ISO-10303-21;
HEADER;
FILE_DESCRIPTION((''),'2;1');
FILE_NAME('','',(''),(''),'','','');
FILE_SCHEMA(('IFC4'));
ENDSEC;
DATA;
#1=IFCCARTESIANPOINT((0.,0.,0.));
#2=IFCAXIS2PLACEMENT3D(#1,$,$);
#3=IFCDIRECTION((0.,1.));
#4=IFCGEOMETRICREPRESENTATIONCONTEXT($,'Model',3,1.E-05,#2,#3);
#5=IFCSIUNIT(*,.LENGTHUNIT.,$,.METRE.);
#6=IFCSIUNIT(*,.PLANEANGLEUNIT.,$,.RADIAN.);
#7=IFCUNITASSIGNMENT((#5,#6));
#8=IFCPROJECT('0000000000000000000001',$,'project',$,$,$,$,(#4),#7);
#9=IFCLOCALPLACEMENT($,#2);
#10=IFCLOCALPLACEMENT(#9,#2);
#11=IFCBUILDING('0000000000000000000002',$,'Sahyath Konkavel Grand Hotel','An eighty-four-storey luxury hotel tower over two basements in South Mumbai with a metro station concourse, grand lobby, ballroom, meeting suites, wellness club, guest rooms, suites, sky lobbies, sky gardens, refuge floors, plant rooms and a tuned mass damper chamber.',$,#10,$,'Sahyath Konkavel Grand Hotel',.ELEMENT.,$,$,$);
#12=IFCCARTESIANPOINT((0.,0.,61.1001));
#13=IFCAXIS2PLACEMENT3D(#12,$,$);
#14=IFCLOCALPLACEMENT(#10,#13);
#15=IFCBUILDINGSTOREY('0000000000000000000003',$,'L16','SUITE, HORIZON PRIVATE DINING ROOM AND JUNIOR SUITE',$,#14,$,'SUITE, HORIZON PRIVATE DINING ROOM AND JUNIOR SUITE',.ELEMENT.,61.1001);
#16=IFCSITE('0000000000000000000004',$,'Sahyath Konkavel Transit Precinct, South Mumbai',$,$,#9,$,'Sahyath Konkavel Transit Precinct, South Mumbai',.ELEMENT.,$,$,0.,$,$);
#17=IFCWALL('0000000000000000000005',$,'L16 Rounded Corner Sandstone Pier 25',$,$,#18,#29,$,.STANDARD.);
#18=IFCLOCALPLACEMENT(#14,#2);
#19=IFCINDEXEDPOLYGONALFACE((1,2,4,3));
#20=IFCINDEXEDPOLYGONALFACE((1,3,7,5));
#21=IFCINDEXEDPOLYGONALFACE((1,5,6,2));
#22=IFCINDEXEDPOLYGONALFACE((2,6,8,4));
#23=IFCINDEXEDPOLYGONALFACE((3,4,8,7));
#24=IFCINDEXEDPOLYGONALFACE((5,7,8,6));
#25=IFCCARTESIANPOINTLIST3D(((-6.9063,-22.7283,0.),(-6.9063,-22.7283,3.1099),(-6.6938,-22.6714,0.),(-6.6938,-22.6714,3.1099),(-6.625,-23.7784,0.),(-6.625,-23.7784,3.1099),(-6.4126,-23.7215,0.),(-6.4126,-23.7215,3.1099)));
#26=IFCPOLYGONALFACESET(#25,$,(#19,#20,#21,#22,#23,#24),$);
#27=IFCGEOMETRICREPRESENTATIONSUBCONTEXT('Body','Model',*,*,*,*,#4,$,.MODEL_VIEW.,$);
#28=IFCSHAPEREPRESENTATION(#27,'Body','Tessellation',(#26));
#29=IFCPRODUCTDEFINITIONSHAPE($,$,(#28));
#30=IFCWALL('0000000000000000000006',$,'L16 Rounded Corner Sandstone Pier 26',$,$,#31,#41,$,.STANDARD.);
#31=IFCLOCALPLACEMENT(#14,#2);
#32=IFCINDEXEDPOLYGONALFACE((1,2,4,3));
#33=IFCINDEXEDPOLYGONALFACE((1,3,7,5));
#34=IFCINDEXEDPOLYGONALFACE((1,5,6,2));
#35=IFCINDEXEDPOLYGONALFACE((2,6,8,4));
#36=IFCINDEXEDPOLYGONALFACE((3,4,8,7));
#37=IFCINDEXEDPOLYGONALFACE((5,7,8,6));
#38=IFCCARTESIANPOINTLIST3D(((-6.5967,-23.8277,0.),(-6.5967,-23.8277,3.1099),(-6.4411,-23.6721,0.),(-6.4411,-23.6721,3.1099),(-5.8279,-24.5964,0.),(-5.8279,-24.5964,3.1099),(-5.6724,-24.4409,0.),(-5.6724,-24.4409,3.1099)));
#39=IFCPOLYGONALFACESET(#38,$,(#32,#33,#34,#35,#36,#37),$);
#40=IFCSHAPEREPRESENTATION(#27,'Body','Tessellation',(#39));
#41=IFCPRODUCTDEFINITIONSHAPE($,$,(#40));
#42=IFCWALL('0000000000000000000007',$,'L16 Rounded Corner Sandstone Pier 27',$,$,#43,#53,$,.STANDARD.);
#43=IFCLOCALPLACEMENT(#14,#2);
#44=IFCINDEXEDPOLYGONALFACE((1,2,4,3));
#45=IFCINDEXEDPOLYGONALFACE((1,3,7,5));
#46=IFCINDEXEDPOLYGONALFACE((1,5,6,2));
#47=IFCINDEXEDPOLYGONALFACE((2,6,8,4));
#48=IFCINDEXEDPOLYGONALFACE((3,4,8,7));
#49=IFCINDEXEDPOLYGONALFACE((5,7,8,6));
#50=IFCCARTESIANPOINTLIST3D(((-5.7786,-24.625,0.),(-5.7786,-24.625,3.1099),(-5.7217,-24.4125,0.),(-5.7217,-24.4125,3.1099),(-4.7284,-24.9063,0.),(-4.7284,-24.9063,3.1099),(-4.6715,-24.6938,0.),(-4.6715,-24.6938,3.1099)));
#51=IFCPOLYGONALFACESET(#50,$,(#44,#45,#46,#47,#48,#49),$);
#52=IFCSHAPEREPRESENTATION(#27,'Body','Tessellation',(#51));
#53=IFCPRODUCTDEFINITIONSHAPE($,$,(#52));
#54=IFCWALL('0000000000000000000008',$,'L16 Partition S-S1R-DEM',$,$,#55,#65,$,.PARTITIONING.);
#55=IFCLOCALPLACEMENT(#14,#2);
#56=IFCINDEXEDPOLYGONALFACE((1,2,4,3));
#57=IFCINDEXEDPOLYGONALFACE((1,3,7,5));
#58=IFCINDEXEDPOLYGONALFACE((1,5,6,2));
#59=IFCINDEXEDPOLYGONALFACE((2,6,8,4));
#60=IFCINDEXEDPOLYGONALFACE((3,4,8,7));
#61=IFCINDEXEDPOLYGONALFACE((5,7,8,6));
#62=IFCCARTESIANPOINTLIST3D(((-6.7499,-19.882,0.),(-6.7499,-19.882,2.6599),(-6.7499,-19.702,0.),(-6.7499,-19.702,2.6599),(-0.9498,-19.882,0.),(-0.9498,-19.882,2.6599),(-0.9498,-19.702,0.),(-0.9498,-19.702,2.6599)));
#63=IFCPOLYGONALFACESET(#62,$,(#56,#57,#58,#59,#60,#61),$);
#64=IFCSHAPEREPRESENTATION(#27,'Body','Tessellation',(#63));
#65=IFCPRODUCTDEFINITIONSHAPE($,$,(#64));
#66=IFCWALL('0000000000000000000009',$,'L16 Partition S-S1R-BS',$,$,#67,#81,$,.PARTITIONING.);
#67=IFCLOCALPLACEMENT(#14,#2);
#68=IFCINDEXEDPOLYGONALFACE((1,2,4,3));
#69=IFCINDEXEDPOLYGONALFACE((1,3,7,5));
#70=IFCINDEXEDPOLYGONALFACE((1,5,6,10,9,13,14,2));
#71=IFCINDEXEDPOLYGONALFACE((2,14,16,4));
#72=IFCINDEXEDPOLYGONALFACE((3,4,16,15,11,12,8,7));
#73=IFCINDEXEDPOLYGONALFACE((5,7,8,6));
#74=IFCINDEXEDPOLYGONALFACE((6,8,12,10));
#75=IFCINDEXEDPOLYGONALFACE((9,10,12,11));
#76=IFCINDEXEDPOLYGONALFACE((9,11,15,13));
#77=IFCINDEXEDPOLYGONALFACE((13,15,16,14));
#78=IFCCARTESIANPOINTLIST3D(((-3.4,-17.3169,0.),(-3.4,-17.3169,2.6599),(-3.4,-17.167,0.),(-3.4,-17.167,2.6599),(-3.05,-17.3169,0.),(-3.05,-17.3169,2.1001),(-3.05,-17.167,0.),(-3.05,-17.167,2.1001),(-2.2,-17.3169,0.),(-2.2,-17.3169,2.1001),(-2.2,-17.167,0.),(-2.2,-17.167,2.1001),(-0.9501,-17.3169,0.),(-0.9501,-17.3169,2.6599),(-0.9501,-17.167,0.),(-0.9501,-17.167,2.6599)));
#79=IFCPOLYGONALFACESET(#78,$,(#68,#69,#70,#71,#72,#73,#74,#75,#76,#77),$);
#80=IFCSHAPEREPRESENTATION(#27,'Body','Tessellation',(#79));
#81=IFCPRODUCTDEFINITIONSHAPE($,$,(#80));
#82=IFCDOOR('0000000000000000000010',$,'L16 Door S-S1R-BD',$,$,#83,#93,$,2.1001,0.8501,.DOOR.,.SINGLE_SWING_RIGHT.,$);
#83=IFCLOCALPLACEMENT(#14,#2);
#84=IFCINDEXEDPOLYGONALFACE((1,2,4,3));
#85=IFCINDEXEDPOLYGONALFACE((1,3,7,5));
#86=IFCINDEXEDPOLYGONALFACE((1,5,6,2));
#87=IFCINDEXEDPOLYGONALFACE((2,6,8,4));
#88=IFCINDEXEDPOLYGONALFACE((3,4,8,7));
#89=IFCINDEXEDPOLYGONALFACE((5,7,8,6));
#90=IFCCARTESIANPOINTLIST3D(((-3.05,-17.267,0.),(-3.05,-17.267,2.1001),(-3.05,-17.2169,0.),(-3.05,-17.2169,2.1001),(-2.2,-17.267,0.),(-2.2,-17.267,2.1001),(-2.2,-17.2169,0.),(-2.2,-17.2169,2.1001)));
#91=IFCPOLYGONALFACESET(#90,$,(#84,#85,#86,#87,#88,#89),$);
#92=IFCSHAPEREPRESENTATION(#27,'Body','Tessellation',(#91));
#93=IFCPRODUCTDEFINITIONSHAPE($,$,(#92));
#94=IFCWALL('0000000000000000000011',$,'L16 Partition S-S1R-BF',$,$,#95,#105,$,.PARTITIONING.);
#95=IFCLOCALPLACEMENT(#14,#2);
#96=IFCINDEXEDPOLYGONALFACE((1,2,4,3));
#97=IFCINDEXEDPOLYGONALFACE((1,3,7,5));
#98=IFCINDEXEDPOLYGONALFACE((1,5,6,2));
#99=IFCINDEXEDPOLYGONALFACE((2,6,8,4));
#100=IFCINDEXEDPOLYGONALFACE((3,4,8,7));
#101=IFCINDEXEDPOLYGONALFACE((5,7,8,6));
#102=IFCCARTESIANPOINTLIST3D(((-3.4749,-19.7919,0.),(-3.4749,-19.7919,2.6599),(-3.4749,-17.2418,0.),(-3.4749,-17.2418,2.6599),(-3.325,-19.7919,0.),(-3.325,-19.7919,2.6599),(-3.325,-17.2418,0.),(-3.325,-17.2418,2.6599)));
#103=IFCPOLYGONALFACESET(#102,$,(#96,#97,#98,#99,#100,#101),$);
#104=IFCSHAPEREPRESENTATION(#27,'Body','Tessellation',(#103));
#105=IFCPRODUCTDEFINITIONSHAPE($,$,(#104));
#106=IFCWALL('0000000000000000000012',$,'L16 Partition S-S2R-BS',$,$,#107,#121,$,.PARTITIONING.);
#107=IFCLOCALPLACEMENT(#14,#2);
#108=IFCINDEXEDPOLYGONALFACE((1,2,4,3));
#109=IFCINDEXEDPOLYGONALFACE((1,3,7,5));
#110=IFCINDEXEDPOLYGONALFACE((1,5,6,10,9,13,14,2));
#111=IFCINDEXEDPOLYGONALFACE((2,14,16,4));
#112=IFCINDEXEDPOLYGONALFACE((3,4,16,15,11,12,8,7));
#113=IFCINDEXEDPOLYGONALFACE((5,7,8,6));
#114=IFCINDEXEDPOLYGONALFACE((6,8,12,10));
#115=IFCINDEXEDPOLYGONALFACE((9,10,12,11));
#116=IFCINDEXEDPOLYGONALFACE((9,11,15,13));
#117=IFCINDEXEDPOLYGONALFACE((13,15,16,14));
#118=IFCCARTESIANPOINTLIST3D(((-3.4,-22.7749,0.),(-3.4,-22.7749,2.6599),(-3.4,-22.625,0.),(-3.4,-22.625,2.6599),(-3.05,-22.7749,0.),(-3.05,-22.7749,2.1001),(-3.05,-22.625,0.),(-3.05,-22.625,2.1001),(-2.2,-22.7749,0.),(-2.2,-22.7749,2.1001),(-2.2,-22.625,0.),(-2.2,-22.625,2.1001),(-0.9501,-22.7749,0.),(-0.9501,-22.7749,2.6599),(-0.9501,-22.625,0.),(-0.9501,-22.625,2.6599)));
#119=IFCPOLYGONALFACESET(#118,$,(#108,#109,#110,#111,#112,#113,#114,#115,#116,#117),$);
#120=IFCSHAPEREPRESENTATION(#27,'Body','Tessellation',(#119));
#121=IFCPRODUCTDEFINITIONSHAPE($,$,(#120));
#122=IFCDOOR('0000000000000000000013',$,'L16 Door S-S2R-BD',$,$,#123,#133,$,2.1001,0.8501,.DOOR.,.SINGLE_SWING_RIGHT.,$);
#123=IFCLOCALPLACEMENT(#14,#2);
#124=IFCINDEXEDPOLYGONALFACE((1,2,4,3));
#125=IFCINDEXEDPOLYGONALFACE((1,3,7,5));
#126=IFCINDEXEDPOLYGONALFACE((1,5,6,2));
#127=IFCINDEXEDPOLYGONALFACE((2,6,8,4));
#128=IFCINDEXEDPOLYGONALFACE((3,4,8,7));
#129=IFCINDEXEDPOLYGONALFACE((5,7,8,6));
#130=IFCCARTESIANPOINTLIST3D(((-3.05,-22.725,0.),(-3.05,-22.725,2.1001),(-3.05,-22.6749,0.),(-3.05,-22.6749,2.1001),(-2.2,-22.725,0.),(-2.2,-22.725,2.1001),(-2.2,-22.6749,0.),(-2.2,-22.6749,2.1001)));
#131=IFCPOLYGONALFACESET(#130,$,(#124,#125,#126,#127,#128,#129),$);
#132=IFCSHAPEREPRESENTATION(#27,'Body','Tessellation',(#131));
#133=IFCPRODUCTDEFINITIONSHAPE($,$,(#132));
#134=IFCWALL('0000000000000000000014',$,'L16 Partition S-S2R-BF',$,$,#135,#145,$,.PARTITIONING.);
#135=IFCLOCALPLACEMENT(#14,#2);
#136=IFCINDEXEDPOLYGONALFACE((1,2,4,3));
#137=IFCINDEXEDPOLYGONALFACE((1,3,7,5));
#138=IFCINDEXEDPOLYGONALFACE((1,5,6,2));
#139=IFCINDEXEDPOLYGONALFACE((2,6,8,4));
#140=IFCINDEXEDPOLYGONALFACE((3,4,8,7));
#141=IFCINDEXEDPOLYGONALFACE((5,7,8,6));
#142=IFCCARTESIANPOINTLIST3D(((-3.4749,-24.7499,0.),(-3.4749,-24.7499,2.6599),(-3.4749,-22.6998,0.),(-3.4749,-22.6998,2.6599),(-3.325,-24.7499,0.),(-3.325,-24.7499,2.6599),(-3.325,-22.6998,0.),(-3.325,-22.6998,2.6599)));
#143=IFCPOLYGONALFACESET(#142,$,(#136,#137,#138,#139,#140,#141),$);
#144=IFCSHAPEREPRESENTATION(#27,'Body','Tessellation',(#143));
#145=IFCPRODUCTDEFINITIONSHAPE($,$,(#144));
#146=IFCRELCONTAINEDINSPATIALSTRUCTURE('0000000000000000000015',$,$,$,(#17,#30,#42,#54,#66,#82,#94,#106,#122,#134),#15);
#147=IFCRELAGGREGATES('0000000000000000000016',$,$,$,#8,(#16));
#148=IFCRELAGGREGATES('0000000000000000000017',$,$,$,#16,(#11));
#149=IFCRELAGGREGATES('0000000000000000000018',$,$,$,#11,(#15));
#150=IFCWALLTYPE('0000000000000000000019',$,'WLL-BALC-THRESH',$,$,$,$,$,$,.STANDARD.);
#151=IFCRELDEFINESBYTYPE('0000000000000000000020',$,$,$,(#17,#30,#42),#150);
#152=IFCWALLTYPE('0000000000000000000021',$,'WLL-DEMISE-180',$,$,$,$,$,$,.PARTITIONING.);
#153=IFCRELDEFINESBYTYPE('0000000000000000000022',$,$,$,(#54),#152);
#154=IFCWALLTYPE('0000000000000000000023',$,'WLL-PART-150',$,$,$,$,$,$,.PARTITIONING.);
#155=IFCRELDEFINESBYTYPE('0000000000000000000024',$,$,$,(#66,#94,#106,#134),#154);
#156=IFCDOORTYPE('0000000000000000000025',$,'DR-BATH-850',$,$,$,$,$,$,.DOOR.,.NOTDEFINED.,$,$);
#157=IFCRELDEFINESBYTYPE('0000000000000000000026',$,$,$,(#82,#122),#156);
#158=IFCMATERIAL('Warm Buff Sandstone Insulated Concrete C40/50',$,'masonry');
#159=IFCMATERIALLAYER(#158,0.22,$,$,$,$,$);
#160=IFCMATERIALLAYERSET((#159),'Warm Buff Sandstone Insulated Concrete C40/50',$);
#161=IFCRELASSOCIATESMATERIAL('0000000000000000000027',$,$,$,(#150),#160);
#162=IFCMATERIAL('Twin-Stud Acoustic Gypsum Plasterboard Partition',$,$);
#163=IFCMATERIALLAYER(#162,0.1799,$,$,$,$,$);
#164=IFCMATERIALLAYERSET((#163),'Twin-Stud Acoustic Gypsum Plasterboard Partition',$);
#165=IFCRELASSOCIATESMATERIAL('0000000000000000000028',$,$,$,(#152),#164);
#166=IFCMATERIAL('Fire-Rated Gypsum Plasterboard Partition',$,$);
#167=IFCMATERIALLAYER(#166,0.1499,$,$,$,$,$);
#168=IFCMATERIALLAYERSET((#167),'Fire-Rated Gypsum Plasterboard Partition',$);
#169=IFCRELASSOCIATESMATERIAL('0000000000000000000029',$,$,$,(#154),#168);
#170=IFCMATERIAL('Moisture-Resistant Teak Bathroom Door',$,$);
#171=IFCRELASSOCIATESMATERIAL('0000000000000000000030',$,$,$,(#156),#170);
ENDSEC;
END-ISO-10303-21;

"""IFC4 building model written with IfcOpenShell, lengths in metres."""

from ifc_helpers import new_model, si_unit, direction, frame, frame_2d, origin, origin_2d, place, context, subcontext, project, spatial, rectangle, extrude, source, transform, mapped, material, layer, layer_set, type_object, element, fill, save


model = new_model("IFC4")

# Units and contexts
model_context = context("Model", 3, precision=1e-05, world=origin(), true_north=direction((0.0, 1.0)))
body_context = subcontext(model_context, "Body", "Model", "MODEL_VIEW")
ifc_project = project(units=[si_unit("LENGTHUNIT", "METRE"), si_unit("PLANEANGLEUNIT", "RADIAN")], contexts=[model_context])

# Site, building, storey
site_placement = place(None, origin())
site = spatial("IfcSite", under=ifc_project, at=site_placement, Name="Sahyath Konkavel Transit Precinct, South Mumbai", LongName="Sahyath Konkavel Transit Precinct, South Mumbai", CompositionType="ELEMENT", RefElevation=0.0)
building_placement = place(site_placement, origin())
building = spatial("IfcBuilding", under=site, at=building_placement, Name="Sahyath Konkavel Grand Hotel", Description="An eighty-four-storey luxury hotel tower over two basements in South Mumbai with a metro station concourse, grand lobby, ballroom, meeting suites, wellness club, guest rooms, suites, sky lobbies, sky gardens, refuge floors, plant rooms and a tuned mass damper chamber.", LongName="Sahyath Konkavel Grand Hotel", CompositionType="ELEMENT")
storey_placement = place(building_placement, frame((0.0, 0.0, 61.1001)))
storey = spatial("IfcBuildingStorey", under=building, at=storey_placement, Name="L16", Description="SUITE, HORIZON PRIVATE DINING ROOM AND JUNIOR SUITE", LongName="SUITE, HORIZON PRIVATE DINING ROOM AND JUNIOR SUITE", CompositionType="ELEMENT", Elevation=61.1001)

# Walls
ifc_material_1 = material(Name="Warm Buff Sandstone Insulated Concrete C40/50", Category="masonry")
ifc_layer_1 = layer(ifc_material_1, 0.22)
ifc_layer_set_1 = layer_set([ifc_layer_1], Name="Warm Buff Sandstone Insulated Concrete C40/50")
wall_type_1 = type_object("IfcWallType", Name="WLL-BALC-THRESH", PredefinedType="STANDARD", material=ifc_layer_set_1)
for number, where, z_axis, x_axis, name in (
    (1, (-6.8, -22.7, 0.0), (0.0, 0.0, 1.0), (0.258725, -0.965951, 0.0), "L16 Rounded Corner Sandstone Pier 25"),
    (2, (-6.5188, -23.75, 0.0), (0.0, 0.0, 1.0), (0.707107, -0.707107, 0.0), "L16 Rounded Corner Sandstone Pier 26"),
    (3, (-5.75, -24.5188, 0.0), (0.0, 0.0, 1.0), (0.965951, -0.258725, 0.0), "L16 Rounded Corner Sandstone Pier 27"),
):
    element("IfcWall", number, at=place(storey_placement, frame(where, z_axis=z_axis, x_axis=x_axis)), inside=storey, type_object=wall_type_1, Name=name, PredefinedType="STANDARD", context=body_context, shape_type="SweptSolid", body=[
        extrude(rectangle(XDim=1.0872, YDim=0.22, at=frame_2d((0.5435, 0.0))), origin(), (0.0, 0.0, 1.0), 3.1099),
    ])
ifc_material_2 = material(Name="Twin-Stud Acoustic Gypsum Plasterboard Partition")
ifc_layer_2 = layer(ifc_material_2, 0.1799)
ifc_layer_set_2 = layer_set([ifc_layer_2], Name="Twin-Stud Acoustic Gypsum Plasterboard Partition")
wall_type_2 = type_object("IfcWallType", Name="WLL-DEMISE-180", PredefinedType="PARTITIONING", material=ifc_layer_set_2)
wall_1_placement = place(storey_placement, frame((-0.95, -19.792, 0.0), z_axis=(0.0, 0.0, 1.0), x_axis=(-1.0, 0.0, 0.0)))
element("IfcWall", 4, at=wall_1_placement, inside=storey, type_object=wall_type_2, Name="L16 Partition S-S1R-DEM", PredefinedType="PARTITIONING", context=body_context, shape_type="SweptSolid", body=[
    extrude(rectangle(XDim=5.8, YDim=0.1799, at=frame_2d((2.8999, 0.0))), origin(), (0.0, 0.0, 1.0), 2.6599),
])

# Wall, opening, door
ifc_material_3 = material(Name="Fire-Rated Gypsum Plasterboard Partition")
ifc_layer_3 = layer(ifc_material_3, 0.1499)
ifc_layer_set_3 = layer_set([ifc_layer_3], Name="Fire-Rated Gypsum Plasterboard Partition")
wall_type_3 = type_object("IfcWallType", Name="WLL-PART-150", PredefinedType="PARTITIONING", material=ifc_layer_set_3)
wall_2_placement = place(storey_placement, frame((-0.95, -17.2419, 0.0), z_axis=(0.0, 0.0, 1.0), x_axis=(-1.0, 0.0, 0.0)))
wall_2 = element("IfcWall", 5, at=wall_2_placement, inside=storey, type_object=wall_type_3, Name="L16 Partition S-S1R-BS", PredefinedType="PARTITIONING", context=body_context, shape_type="SweptSolid", body=[
    extrude(rectangle(XDim=2.45, YDim=0.1499, at=frame_2d((1.2251, 0.0))), origin(), (0.0, 0.0, 1.0), 2.6599),
])
opening_1_placement = place(wall_2_placement, frame((1.25, 0.0, 0.0)))
opening_1 = element("IfcOpeningElement", 6, at=opening_1_placement, cuts=wall_2, PredefinedType="OPENING", context=body_context, shape_type="SweptSolid", body=[
    extrude(rectangle(XDim=0.8501, YDim=2.1001, at=frame_2d((0.425, 1.05))), frame((0.0, 0.085, 0.0), z_axis=(0.0, -1.0, 0.0), x_axis=(1.0, 0.0, 0.0)), (0.0, 0.0, 1.0), 0.1699),
])
ifc_material_4 = material(Name="Moisture-Resistant Teak Bathroom Door")
door_type = type_object("IfcDoorType", Name="DR-BATH-850", OperationType="NOTDEFINED", PredefinedType="DOOR", material=ifc_material_4)
shared_shape_1 = source(origin(), body_context, "Body", "SweptSolid", [
    extrude(rectangle(XDim=0.8501, YDim=0.05, at=origin_2d()), origin(), (0.0, 0.0, 1.0), 2.1001),
])
door_1_placement = place(opening_1_placement, frame((0.425, 0.0, 0.0)))
door_1 = element("IfcDoor", 7, at=door_1_placement, inside=storey, type_object=door_type, Name="L16 Door S-S1R-BD", OperationType="SINGLE_SWING_RIGHT", OverallHeight=2.1001, OverallWidth=0.8501, PredefinedType="DOOR", context=body_context, shape_type="MappedRepresentation", body=[
    mapped(shared_shape_1, transform((0.0, 0.0, 0.0), scale=1.0)),
])
fill(opening_1, door_1)

# Wall
wall_3_placement = place(storey_placement, frame((-3.3999, -17.2419, 0.0), z_axis=(0.0, 0.0, 1.0), x_axis=(0.0, -1.0, 0.0)))
element("IfcWall", 8, at=wall_3_placement, inside=storey, type_object=wall_type_3, Name="L16 Partition S-S1R-BF", PredefinedType="PARTITIONING", context=body_context, shape_type="SweptSolid", body=[
    extrude(rectangle(XDim=2.55, YDim=0.1499, at=frame_2d((1.2749, 0.0))), origin(), (0.0, 0.0, 1.0), 2.6599),
])

# Wall, opening, door
wall_4_placement = place(storey_placement, frame((-0.95, -22.7, 0.0), z_axis=(0.0, 0.0, 1.0), x_axis=(-1.0, 0.0, 0.0)))
wall_4 = element("IfcWall", 9, at=wall_4_placement, inside=storey, type_object=wall_type_3, Name="L16 Partition S-S2R-BS", PredefinedType="PARTITIONING", context=body_context, shape_type="SweptSolid", body=[
    extrude(rectangle(XDim=2.45, YDim=0.1499, at=frame_2d((1.2251, 0.0))), origin(), (0.0, 0.0, 1.0), 2.6599),
])
opening_2_placement = place(wall_4_placement, frame((1.25, 0.0, 0.0)))
opening_2 = element("IfcOpeningElement", 10, at=opening_2_placement, cuts=wall_4, PredefinedType="OPENING", context=body_context, shape_type="SweptSolid", body=[
    extrude(rectangle(XDim=0.8501, YDim=2.1001, at=frame_2d((0.425, 1.05))), frame((0.0, 0.085, 0.0), z_axis=(0.0, -1.0, 0.0), x_axis=(1.0, 0.0, 0.0)), (0.0, 0.0, 1.0), 0.1699),
])
door_2_placement = place(opening_2_placement, frame((0.425, 0.0, 0.0)))
door_2 = element("IfcDoor", 11, at=door_2_placement, inside=storey, type_object=door_type, Name="L16 Door S-S2R-BD", OperationType="SINGLE_SWING_RIGHT", OverallHeight=2.1001, OverallWidth=0.8501, PredefinedType="DOOR", context=body_context, shape_type="MappedRepresentation", body=[
    mapped(shared_shape_1, transform((0.0, 0.0, 0.0), scale=1.0)),
])
fill(opening_2, door_2)

# Wall
wall_5_placement = place(storey_placement, frame((-3.3999, -22.7, 0.0), z_axis=(0.0, 0.0, 1.0), x_axis=(0.0, -1.0, 0.0)))
element("IfcWall", 12, at=wall_5_placement, inside=storey, type_object=wall_type_3, Name="L16 Partition S-S2R-BF", PredefinedType="PARTITIONING", context=body_context, shape_type="SweptSolid", body=[
    extrude(rectangle(XDim=2.05, YDim=0.1499, at=frame_2d((1.0249, 0.0))), origin(), (0.0, 0.0, 1.0), 2.6599),
])

save(model, "model.ifc")
